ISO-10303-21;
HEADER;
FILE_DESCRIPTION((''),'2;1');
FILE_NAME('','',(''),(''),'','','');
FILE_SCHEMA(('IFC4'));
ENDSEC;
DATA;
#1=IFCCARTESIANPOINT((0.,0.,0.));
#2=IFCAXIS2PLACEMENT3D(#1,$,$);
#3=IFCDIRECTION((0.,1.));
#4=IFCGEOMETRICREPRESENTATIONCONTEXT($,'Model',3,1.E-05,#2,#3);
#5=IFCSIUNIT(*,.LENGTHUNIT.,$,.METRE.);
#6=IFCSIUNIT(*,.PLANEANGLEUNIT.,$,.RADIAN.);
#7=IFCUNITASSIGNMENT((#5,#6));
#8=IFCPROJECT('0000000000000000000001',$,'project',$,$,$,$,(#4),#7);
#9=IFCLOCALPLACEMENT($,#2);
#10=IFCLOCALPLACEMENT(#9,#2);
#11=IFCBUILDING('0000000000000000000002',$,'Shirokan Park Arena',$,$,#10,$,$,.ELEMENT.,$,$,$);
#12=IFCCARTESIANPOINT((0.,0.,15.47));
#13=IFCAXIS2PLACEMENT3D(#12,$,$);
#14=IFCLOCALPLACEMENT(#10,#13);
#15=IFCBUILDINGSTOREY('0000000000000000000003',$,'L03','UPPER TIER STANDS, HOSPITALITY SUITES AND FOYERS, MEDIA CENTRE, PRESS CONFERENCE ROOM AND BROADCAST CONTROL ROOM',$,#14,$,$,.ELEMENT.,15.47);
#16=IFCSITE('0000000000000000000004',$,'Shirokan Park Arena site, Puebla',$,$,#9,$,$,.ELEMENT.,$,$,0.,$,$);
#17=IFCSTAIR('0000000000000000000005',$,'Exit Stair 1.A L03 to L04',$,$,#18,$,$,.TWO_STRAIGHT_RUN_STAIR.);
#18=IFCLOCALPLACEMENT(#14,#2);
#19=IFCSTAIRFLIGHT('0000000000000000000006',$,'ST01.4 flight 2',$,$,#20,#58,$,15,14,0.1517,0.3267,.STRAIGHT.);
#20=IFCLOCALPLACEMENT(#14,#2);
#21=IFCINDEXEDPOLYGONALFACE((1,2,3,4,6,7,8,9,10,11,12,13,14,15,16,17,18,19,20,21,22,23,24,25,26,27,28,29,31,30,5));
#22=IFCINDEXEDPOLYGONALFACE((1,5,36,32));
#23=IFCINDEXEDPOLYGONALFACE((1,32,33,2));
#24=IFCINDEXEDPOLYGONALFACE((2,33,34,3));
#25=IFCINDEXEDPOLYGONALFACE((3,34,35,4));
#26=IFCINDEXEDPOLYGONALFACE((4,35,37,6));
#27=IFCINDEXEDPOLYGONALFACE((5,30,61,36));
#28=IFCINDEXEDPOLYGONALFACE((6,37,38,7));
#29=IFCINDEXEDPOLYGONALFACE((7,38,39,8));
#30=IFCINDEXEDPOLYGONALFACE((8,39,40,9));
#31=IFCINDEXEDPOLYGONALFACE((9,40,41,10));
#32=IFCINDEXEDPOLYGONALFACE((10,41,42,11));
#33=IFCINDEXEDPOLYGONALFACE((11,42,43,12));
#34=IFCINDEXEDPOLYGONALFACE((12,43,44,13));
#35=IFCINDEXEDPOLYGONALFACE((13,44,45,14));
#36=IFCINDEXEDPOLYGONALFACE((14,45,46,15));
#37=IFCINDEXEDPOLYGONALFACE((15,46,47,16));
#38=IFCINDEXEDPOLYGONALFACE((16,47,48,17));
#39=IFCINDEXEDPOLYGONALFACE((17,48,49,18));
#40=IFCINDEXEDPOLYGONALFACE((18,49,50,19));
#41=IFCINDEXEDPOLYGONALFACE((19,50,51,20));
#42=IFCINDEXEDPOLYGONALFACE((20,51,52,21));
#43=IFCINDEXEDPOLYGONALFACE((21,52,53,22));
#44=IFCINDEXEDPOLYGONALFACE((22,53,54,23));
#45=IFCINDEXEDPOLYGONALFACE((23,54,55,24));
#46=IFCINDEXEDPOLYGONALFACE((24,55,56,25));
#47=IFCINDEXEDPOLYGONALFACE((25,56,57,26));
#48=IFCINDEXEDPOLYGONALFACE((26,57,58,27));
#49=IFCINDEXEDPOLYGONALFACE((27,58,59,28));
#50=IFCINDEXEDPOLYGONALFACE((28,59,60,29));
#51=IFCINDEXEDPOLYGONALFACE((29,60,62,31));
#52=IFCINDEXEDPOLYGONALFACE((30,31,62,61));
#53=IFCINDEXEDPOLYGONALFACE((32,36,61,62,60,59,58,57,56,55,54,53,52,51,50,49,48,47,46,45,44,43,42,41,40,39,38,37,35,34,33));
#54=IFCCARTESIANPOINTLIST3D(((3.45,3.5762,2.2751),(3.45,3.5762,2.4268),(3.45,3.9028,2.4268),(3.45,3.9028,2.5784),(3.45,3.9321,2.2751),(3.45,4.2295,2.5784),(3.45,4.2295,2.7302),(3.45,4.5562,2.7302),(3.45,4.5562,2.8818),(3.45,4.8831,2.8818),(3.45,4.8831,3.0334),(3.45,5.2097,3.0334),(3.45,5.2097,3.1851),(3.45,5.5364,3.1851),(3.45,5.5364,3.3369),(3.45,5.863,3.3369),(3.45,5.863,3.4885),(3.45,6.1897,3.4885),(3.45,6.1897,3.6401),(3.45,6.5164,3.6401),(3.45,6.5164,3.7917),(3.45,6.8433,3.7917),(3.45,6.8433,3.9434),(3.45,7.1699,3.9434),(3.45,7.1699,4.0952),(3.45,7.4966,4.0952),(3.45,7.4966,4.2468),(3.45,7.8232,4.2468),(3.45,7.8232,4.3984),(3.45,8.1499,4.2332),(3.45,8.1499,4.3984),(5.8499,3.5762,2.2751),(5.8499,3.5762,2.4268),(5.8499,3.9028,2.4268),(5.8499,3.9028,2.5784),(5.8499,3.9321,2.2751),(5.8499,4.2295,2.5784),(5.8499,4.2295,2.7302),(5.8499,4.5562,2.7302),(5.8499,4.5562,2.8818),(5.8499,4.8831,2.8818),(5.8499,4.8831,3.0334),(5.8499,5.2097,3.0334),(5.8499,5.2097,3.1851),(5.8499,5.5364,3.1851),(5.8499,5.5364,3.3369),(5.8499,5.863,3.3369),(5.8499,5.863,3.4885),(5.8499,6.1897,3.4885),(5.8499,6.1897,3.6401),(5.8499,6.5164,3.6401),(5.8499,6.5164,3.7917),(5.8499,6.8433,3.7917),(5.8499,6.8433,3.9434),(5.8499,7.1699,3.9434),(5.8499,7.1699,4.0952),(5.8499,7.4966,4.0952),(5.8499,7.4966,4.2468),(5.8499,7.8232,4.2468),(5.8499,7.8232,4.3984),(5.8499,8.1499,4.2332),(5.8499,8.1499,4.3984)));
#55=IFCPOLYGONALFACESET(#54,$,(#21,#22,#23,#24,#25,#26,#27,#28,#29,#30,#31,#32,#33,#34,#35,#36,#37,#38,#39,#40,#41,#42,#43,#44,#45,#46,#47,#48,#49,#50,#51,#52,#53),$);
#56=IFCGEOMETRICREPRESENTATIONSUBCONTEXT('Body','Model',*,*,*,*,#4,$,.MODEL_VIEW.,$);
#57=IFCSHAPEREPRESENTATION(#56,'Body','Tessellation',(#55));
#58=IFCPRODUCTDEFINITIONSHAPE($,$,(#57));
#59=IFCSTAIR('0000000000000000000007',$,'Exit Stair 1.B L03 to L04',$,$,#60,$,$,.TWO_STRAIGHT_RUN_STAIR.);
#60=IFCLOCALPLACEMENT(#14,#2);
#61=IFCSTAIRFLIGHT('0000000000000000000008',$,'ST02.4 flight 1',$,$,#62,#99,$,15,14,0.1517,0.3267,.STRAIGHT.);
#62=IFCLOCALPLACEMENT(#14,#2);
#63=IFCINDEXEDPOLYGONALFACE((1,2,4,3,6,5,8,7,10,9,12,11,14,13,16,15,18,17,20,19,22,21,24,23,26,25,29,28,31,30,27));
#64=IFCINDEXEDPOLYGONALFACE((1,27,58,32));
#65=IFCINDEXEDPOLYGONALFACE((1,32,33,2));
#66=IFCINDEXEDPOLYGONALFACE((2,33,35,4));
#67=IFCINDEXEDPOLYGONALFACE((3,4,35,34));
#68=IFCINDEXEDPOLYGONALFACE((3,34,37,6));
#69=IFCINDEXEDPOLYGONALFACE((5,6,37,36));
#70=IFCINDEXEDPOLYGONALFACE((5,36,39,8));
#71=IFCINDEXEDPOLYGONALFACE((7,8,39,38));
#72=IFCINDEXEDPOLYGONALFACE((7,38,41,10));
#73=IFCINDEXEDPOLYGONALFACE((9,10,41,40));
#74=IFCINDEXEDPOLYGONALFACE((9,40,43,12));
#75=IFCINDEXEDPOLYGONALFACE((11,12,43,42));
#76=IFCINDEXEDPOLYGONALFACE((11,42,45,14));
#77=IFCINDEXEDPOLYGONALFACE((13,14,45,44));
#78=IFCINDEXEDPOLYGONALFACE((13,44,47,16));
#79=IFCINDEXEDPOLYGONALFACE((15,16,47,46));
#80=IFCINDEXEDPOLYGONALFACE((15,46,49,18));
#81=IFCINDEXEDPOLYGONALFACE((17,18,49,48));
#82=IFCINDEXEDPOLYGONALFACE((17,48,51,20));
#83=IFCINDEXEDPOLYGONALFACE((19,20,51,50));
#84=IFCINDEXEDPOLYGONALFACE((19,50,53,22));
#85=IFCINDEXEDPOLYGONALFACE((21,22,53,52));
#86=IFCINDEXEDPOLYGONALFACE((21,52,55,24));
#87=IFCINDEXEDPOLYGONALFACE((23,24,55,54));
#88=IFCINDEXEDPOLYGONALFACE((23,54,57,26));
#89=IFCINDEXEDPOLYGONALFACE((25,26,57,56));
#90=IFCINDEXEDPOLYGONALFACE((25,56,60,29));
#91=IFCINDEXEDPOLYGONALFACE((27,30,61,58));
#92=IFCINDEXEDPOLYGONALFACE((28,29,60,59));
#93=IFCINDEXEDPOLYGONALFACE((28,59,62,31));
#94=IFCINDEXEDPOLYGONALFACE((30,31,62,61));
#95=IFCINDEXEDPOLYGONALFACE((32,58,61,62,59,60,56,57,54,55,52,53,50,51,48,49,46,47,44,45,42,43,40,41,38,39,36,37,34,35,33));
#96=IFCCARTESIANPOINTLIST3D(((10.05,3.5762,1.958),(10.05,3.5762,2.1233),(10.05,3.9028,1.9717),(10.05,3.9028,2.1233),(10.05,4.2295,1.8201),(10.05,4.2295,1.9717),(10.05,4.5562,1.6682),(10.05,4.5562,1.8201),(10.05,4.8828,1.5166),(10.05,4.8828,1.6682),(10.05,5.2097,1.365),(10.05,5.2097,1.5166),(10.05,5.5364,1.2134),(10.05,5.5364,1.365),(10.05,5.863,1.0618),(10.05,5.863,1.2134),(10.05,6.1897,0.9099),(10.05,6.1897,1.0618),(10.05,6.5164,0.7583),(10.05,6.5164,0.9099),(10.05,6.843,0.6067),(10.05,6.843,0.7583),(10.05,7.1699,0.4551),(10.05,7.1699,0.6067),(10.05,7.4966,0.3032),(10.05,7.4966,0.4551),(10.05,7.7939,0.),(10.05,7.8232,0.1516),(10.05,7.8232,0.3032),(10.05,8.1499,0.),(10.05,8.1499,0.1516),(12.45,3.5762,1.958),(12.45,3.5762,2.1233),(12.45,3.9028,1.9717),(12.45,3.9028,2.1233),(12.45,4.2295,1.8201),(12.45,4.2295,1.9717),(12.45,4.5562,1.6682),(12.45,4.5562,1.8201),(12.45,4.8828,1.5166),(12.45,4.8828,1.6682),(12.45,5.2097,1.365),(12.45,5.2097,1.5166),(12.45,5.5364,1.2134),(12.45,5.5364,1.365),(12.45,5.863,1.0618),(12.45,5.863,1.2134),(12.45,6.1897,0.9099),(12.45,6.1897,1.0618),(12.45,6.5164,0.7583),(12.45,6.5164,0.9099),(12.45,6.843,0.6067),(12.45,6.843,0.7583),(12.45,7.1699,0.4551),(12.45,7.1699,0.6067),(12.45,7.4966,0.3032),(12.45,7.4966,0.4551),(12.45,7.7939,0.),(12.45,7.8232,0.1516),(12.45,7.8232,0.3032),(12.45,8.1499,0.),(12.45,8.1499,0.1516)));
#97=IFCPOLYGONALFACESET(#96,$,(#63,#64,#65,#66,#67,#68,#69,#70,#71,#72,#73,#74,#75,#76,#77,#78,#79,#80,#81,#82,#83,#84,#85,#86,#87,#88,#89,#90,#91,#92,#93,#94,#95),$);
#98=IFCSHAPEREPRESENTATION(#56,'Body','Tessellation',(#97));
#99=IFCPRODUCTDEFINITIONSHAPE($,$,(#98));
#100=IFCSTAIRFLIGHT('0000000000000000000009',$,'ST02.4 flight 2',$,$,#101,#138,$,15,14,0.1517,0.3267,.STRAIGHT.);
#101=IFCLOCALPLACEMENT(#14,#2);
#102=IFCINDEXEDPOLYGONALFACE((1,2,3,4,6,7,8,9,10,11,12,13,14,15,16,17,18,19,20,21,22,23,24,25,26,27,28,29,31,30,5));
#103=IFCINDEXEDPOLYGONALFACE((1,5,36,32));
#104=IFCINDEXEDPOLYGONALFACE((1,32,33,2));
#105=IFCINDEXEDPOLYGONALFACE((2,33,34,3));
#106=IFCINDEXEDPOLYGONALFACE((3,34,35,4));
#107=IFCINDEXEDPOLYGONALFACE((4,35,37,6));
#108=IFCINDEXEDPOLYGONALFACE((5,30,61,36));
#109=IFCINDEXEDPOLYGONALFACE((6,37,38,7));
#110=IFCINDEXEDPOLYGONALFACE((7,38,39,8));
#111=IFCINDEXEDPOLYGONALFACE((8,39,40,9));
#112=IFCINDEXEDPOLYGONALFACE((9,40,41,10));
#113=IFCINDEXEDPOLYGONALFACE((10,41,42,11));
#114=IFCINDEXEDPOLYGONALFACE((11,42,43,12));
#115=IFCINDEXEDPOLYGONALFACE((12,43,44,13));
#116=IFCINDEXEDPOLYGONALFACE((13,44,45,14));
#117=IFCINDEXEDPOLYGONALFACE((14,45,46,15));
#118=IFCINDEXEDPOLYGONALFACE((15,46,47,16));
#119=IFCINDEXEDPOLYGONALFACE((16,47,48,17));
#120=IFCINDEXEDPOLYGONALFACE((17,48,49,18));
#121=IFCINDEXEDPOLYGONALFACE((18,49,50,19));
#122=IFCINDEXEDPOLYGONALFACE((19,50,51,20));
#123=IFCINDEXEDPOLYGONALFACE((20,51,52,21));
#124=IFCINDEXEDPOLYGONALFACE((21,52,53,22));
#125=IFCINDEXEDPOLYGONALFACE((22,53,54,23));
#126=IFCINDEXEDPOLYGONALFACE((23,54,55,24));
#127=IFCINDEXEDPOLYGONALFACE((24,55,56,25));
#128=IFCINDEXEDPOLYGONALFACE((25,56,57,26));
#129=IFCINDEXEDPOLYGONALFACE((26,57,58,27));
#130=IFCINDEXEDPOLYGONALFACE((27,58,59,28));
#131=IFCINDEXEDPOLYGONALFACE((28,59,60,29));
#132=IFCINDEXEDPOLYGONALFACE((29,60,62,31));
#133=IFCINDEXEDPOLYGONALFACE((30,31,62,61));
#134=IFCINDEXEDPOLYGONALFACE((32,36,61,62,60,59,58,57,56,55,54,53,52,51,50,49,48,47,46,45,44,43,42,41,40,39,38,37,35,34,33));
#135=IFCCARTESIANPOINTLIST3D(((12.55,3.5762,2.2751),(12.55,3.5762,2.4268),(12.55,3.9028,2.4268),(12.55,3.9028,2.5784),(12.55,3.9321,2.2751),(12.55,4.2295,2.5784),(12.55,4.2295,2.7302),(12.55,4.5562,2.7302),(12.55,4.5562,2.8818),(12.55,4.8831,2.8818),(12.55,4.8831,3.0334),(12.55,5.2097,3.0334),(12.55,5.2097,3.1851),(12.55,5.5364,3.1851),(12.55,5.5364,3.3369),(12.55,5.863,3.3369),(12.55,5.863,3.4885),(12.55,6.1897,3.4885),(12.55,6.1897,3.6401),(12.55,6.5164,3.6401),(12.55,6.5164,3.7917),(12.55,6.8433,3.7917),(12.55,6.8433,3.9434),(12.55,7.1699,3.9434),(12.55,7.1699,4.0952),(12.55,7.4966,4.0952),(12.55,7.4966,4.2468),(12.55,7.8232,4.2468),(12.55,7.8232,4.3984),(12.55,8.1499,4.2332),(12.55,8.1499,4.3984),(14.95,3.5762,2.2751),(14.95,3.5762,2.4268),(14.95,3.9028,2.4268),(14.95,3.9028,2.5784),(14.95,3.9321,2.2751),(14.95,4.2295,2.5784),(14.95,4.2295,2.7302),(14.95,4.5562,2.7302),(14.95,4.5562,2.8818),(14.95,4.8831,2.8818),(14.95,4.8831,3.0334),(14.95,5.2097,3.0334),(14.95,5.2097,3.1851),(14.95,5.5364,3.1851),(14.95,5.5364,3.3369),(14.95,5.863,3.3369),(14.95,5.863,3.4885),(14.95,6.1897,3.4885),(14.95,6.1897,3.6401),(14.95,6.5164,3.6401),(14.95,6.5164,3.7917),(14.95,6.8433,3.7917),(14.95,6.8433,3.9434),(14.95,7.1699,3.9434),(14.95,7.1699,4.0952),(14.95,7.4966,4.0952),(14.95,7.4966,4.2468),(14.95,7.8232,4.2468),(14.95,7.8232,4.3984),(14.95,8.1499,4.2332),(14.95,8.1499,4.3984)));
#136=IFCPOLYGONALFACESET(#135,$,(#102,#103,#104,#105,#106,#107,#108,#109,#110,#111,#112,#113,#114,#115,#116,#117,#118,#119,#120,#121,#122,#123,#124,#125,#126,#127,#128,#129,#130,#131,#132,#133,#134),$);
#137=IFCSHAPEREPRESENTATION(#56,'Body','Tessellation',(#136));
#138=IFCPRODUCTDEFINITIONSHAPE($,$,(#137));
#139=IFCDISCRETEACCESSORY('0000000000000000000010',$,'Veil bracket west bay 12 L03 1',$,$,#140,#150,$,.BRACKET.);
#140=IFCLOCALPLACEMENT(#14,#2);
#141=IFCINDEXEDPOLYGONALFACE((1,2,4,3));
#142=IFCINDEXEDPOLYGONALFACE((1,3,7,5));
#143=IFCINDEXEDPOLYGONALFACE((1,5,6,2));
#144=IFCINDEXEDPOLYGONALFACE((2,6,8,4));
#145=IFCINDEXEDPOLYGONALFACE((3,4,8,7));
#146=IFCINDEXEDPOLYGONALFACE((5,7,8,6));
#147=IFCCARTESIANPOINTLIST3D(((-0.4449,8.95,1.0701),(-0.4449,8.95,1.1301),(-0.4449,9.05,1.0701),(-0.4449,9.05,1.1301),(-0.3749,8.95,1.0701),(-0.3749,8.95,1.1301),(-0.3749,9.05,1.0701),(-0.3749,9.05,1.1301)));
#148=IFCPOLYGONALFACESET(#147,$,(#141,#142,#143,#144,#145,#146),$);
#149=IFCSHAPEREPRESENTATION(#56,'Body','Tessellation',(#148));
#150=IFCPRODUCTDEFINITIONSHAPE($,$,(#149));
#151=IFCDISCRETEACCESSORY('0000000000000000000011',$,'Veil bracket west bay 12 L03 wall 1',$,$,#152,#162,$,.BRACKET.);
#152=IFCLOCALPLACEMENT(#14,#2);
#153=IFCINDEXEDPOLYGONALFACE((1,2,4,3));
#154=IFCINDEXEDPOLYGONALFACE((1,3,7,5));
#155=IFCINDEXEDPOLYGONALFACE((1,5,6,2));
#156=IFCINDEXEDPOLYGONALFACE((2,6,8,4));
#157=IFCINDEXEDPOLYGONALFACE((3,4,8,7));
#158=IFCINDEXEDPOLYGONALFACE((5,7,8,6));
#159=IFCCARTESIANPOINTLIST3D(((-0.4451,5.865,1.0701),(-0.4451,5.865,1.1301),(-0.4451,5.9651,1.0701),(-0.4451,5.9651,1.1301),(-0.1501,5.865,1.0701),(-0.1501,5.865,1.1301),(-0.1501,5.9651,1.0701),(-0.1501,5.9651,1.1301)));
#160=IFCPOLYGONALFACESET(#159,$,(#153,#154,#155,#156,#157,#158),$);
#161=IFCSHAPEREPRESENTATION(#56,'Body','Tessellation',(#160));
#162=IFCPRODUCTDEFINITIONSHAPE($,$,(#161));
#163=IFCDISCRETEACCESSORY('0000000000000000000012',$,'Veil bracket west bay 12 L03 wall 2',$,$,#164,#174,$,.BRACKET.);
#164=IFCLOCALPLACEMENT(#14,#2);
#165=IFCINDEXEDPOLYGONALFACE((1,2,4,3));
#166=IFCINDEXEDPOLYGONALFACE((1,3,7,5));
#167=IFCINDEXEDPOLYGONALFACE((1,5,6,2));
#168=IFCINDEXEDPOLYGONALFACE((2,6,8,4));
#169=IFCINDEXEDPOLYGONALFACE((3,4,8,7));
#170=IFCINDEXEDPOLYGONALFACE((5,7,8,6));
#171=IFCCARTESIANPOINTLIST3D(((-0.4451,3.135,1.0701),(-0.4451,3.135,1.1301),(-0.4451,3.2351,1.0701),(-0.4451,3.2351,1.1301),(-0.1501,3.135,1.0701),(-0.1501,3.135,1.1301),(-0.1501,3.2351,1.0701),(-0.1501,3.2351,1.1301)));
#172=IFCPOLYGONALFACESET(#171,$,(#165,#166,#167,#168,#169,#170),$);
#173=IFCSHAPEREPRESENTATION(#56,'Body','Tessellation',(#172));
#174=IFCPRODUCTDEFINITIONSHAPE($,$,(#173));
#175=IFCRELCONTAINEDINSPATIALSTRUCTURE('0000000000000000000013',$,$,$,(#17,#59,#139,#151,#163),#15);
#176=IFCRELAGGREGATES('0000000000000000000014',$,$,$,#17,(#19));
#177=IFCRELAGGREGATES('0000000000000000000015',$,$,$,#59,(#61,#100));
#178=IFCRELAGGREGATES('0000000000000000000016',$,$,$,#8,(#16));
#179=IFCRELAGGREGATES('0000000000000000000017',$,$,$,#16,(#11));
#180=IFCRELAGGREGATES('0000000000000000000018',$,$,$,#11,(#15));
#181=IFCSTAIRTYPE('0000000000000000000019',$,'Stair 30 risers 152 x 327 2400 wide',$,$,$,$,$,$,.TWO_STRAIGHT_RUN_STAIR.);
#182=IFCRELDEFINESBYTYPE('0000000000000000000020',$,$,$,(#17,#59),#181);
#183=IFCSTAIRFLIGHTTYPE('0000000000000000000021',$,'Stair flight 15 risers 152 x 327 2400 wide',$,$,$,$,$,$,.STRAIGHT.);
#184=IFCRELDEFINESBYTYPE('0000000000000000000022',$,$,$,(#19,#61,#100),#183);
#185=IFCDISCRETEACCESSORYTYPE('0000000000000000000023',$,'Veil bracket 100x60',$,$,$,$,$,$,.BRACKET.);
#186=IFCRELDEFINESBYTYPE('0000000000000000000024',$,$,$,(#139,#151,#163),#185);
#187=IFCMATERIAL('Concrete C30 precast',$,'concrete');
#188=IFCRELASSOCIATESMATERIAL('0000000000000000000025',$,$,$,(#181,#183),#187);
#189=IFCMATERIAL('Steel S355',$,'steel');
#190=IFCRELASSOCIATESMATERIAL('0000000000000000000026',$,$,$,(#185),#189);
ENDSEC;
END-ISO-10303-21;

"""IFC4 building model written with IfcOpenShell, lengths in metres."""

from ifc_helpers import new_model, si_unit, direction, frame, origin, origin_2d, place, context, subcontext, project, spatial, polyline, rectangle, outline, extrude, material, type_object, element, aggregate, save


model = new_model("IFC4")

# Units and contexts
model_context = context("Model", 3, precision=1e-05, world=origin(), true_north=direction((0.0, 1.0)))
body_context = subcontext(model_context, "Body", "Model", "MODEL_VIEW")
ifc_project = project(units=[si_unit("LENGTHUNIT", "METRE"), si_unit("PLANEANGLEUNIT", "RADIAN")], contexts=[model_context])

# Site, building, storey
site_placement = place(None, origin())
site = spatial("IfcSite", under=ifc_project, at=site_placement, Name="Shirokan Park Arena site, Puebla", CompositionType="ELEMENT", RefElevation=0.0)
building_placement = place(site_placement, origin())
building = spatial("IfcBuilding", under=site, at=building_placement, Name="Shirokan Park Arena", CompositionType="ELEMENT")
storey_placement = place(building_placement, frame((0.0, 0.0, 15.47)))
storey = spatial("IfcBuildingStorey", under=building, at=storey_placement, Name="L03", Description="UPPER TIER STANDS, HOSPITALITY SUITES AND FOYERS, MEDIA CENTRE, PRESS CONFERENCE ROOM AND BROADCAST CONTROL ROOM", CompositionType="ELEMENT", Elevation=15.47)

# Stairs, stair flights
ifc_material_1 = material(Name="Concrete C30 precast", Category="concrete")
stair_type = type_object("IfcStairType", Name="Stair 30 risers 152 x 327 2400 wide", PredefinedType="TWO_STRAIGHT_RUN_STAIR", material=ifc_material_1)
stair_1_placement = place(storey_placement, origin())
stair_1 = element("IfcStair", 1, at=stair_1_placement, inside=storey, type_object=stair_type, Name="Exit Stair 1.A L03 to L04", PredefinedType="TWO_STRAIGHT_RUN_STAIR")
stair_flight_type = type_object("IfcStairFlightType", Name="Stair flight 15 risers 152 x 327 2400 wide", PredefinedType="STRAIGHT", material=ifc_material_1)
stair_flight_1_placement = place(storey_placement, frame((4.6499, 3.5762, 2.2751), z_axis=(0.0, 0.0, 1.0), x_axis=(0.0, 1.0, 0.0)))
stair_flight_1 = element("IfcStairFlight", 2, at=stair_flight_1_placement, type_object=stair_flight_type, Name="ST01.4 flight 2", NumberOfRisers=15, NumberOfTreads=14, PredefinedType="STRAIGHT", RiserHeight=0.1517, TreadLength=0.3267, context=body_context, shape_type="SweptSolid", body=[
    extrude(outline(polyline([(0.0, 0.0), (0.0, 0.1516), (0.3267, 0.1516), (0.3267, 0.3032), (0.6533, 0.3032), (0.6533, 0.4551), (0.98, 0.4551), (0.98, 0.6067), (1.3069, 0.6067), (1.3069, 0.7583), (1.6335, 0.7583), (1.6335, 0.9099), (1.9602, 0.9099), (1.9602, 1.0618), (2.2869, 1.0618), (2.2869, 1.2134), (2.6135, 1.2134), (2.6135, 1.365), (2.9402, 1.365), (2.9402, 1.5166), (3.2671, 1.5166), (3.2671, 1.6682), (3.5938, 1.6682), (3.5938, 1.8201), (3.9204, 1.8201), (3.9204, 1.9717), (4.2471, 1.9717), (4.2471, 2.1233), (4.5737, 2.1233), (4.5737, 2.2749), (4.5737, 1.958), (0.356, 0.0), (0.0, 0.0)])), frame((0.0, 1.2, 0.0), z_axis=(0.0, -1.0, 0.0), x_axis=(1.0, 0.0, 0.0)), (0.0, 0.0, 1.0), 2.3999),
])
aggregate(stair_1, [stair_flight_1])
stair_2_placement = place(storey_placement, origin())
stair_2 = element("IfcStair", 3, at=stair_2_placement, inside=storey, type_object=stair_type, Name="Exit Stair 1.B L03 to L04", PredefinedType="TWO_STRAIGHT_RUN_STAIR")
stair_flight_2_placement = place(storey_placement, frame((11.25, 8.1499, 0.0), z_axis=(0.0, 0.0, 1.0), x_axis=(0.0, -1.0, 0.0)))
stair_flight_2 = element("IfcStairFlight", 4, at=stair_flight_2_placement, type_object=stair_flight_type, Name="ST02.4 flight 1", NumberOfRisers=15, NumberOfTreads=14, PredefinedType="STRAIGHT", RiserHeight=0.1517, TreadLength=0.3267, context=body_context, shape_type="SweptSolid", body=[
    extrude(outline(polyline([(0.0, 0.0), (0.0, 0.1516), (0.3267, 0.1516), (0.3267, 0.3032), (0.6533, 0.3032), (0.6533, 0.4551), (0.98, 0.4551), (0.98, 0.6067), (1.3069, 0.6067), (1.3069, 0.7583), (1.6335, 0.7583), (1.6335, 0.9099), (1.9602, 0.9099), (1.9602, 1.0618), (2.2869, 1.0618), (2.2869, 1.2134), (2.6135, 1.2134), (2.6135, 1.365), (2.9402, 1.365), (2.9402, 1.5166), (3.2671, 1.5166), (3.2671, 1.6682), (3.5938, 1.6682), (3.5938, 1.8201), (3.9204, 1.8201), (3.9204, 1.9717), (4.2471, 1.9717), (4.2471, 2.1233), (4.5737, 2.1233), (4.5737, 2.2749), (4.5737, 1.958), (0.356, 0.0), (0.0, 0.0)])), frame((0.0, 1.2, 0.0), z_axis=(0.0, -1.0, 0.0), x_axis=(1.0, 0.0, 0.0)), (0.0, 0.0, 1.0), 2.3999),
])
stair_flight_3_placement = place(storey_placement, frame((13.75, 3.5762, 2.2751), z_axis=(0.0, 0.0, 1.0), x_axis=(0.0, 1.0, 0.0)))
stair_flight_3 = element("IfcStairFlight", 5, at=stair_flight_3_placement, type_object=stair_flight_type, Name="ST02.4 flight 2", NumberOfRisers=15, NumberOfTreads=14, PredefinedType="STRAIGHT", RiserHeight=0.1517, TreadLength=0.3267, context=body_context, shape_type="SweptSolid", body=[
    extrude(outline(polyline([(0.0, 0.0), (0.0, 0.1516), (0.3267, 0.1516), (0.3267, 0.3032), (0.6533, 0.3032), (0.6533, 0.4551), (0.98, 0.4551), (0.98, 0.6067), (1.3069, 0.6067), (1.3069, 0.7583), (1.6335, 0.7583), (1.6335, 0.9099), (1.9602, 0.9099), (1.9602, 1.0618), (2.2869, 1.0618), (2.2869, 1.2134), (2.6135, 1.2134), (2.6135, 1.365), (2.9402, 1.365), (2.9402, 1.5166), (3.2671, 1.5166), (3.2671, 1.6682), (3.5938, 1.6682), (3.5938, 1.8201), (3.9204, 1.8201), (3.9204, 1.9717), (4.2471, 1.9717), (4.2471, 2.1233), (4.5737, 2.1233), (4.5737, 2.2749), (4.5737, 1.958), (0.356, 0.0), (0.0, 0.0)])), frame((0.0, 1.2, 0.0), z_axis=(0.0, -1.0, 0.0), x_axis=(1.0, 0.0, 0.0)), (0.0, 0.0, 1.0), 2.3999),
])
aggregate(stair_2, [stair_flight_2, stair_flight_3])

# Discrete accessories
ifc_material_2 = material(Name="Steel S355", Category="steel")
discrete_accessory_type = type_object("IfcDiscreteAccessoryType", Name="Veil bracket 100x60", PredefinedType="BRACKET", material=ifc_material_2)
discrete_accessory_placement = place(storey_placement, frame((-0.4099, 9.0, 1.0701), z_axis=(0.0, 0.0, 1.0), x_axis=(0.0, -1.0, 0.0)))
element("IfcDiscreteAccessory", 6, at=discrete_accessory_placement, inside=storey, type_object=discrete_accessory_type, Name="Veil bracket west bay 12 L03 1", PredefinedType="BRACKET", context=body_context, shape_type="SweptSolid", body=[
    extrude(rectangle(XDim=0.1001, YDim=0.0701, at=origin_2d()), origin(), (0.0, 0.0, 1.0), 0.0601),
])
for number, where, z_axis, x_axis, name in (
    (7, (-0.2976, 5.915, 1.0701), (0.0, 0.0, 1.0), (0.0, -1.0, 0.0), "Veil bracket west bay 12 L03 wall 1"),
    (8, (-0.2976, 3.1851, 1.0701), (0.0, 0.0, 1.0), (0.0, -1.0, 0.0), "Veil bracket west bay 12 L03 wall 2"),
):
    element("IfcDiscreteAccessory", number, at=place(storey_placement, frame(where, z_axis=z_axis, x_axis=x_axis)), inside=storey, type_object=discrete_accessory_type, Name=name, PredefinedType="BRACKET", context=body_context, shape_type="SweptSolid", body=[
        extrude(rectangle(XDim=0.1001, YDim=0.2949, at=origin_2d()), origin(), (0.0, 0.0, 1.0), 0.0601),
    ])

save(model, "model.ifc")
